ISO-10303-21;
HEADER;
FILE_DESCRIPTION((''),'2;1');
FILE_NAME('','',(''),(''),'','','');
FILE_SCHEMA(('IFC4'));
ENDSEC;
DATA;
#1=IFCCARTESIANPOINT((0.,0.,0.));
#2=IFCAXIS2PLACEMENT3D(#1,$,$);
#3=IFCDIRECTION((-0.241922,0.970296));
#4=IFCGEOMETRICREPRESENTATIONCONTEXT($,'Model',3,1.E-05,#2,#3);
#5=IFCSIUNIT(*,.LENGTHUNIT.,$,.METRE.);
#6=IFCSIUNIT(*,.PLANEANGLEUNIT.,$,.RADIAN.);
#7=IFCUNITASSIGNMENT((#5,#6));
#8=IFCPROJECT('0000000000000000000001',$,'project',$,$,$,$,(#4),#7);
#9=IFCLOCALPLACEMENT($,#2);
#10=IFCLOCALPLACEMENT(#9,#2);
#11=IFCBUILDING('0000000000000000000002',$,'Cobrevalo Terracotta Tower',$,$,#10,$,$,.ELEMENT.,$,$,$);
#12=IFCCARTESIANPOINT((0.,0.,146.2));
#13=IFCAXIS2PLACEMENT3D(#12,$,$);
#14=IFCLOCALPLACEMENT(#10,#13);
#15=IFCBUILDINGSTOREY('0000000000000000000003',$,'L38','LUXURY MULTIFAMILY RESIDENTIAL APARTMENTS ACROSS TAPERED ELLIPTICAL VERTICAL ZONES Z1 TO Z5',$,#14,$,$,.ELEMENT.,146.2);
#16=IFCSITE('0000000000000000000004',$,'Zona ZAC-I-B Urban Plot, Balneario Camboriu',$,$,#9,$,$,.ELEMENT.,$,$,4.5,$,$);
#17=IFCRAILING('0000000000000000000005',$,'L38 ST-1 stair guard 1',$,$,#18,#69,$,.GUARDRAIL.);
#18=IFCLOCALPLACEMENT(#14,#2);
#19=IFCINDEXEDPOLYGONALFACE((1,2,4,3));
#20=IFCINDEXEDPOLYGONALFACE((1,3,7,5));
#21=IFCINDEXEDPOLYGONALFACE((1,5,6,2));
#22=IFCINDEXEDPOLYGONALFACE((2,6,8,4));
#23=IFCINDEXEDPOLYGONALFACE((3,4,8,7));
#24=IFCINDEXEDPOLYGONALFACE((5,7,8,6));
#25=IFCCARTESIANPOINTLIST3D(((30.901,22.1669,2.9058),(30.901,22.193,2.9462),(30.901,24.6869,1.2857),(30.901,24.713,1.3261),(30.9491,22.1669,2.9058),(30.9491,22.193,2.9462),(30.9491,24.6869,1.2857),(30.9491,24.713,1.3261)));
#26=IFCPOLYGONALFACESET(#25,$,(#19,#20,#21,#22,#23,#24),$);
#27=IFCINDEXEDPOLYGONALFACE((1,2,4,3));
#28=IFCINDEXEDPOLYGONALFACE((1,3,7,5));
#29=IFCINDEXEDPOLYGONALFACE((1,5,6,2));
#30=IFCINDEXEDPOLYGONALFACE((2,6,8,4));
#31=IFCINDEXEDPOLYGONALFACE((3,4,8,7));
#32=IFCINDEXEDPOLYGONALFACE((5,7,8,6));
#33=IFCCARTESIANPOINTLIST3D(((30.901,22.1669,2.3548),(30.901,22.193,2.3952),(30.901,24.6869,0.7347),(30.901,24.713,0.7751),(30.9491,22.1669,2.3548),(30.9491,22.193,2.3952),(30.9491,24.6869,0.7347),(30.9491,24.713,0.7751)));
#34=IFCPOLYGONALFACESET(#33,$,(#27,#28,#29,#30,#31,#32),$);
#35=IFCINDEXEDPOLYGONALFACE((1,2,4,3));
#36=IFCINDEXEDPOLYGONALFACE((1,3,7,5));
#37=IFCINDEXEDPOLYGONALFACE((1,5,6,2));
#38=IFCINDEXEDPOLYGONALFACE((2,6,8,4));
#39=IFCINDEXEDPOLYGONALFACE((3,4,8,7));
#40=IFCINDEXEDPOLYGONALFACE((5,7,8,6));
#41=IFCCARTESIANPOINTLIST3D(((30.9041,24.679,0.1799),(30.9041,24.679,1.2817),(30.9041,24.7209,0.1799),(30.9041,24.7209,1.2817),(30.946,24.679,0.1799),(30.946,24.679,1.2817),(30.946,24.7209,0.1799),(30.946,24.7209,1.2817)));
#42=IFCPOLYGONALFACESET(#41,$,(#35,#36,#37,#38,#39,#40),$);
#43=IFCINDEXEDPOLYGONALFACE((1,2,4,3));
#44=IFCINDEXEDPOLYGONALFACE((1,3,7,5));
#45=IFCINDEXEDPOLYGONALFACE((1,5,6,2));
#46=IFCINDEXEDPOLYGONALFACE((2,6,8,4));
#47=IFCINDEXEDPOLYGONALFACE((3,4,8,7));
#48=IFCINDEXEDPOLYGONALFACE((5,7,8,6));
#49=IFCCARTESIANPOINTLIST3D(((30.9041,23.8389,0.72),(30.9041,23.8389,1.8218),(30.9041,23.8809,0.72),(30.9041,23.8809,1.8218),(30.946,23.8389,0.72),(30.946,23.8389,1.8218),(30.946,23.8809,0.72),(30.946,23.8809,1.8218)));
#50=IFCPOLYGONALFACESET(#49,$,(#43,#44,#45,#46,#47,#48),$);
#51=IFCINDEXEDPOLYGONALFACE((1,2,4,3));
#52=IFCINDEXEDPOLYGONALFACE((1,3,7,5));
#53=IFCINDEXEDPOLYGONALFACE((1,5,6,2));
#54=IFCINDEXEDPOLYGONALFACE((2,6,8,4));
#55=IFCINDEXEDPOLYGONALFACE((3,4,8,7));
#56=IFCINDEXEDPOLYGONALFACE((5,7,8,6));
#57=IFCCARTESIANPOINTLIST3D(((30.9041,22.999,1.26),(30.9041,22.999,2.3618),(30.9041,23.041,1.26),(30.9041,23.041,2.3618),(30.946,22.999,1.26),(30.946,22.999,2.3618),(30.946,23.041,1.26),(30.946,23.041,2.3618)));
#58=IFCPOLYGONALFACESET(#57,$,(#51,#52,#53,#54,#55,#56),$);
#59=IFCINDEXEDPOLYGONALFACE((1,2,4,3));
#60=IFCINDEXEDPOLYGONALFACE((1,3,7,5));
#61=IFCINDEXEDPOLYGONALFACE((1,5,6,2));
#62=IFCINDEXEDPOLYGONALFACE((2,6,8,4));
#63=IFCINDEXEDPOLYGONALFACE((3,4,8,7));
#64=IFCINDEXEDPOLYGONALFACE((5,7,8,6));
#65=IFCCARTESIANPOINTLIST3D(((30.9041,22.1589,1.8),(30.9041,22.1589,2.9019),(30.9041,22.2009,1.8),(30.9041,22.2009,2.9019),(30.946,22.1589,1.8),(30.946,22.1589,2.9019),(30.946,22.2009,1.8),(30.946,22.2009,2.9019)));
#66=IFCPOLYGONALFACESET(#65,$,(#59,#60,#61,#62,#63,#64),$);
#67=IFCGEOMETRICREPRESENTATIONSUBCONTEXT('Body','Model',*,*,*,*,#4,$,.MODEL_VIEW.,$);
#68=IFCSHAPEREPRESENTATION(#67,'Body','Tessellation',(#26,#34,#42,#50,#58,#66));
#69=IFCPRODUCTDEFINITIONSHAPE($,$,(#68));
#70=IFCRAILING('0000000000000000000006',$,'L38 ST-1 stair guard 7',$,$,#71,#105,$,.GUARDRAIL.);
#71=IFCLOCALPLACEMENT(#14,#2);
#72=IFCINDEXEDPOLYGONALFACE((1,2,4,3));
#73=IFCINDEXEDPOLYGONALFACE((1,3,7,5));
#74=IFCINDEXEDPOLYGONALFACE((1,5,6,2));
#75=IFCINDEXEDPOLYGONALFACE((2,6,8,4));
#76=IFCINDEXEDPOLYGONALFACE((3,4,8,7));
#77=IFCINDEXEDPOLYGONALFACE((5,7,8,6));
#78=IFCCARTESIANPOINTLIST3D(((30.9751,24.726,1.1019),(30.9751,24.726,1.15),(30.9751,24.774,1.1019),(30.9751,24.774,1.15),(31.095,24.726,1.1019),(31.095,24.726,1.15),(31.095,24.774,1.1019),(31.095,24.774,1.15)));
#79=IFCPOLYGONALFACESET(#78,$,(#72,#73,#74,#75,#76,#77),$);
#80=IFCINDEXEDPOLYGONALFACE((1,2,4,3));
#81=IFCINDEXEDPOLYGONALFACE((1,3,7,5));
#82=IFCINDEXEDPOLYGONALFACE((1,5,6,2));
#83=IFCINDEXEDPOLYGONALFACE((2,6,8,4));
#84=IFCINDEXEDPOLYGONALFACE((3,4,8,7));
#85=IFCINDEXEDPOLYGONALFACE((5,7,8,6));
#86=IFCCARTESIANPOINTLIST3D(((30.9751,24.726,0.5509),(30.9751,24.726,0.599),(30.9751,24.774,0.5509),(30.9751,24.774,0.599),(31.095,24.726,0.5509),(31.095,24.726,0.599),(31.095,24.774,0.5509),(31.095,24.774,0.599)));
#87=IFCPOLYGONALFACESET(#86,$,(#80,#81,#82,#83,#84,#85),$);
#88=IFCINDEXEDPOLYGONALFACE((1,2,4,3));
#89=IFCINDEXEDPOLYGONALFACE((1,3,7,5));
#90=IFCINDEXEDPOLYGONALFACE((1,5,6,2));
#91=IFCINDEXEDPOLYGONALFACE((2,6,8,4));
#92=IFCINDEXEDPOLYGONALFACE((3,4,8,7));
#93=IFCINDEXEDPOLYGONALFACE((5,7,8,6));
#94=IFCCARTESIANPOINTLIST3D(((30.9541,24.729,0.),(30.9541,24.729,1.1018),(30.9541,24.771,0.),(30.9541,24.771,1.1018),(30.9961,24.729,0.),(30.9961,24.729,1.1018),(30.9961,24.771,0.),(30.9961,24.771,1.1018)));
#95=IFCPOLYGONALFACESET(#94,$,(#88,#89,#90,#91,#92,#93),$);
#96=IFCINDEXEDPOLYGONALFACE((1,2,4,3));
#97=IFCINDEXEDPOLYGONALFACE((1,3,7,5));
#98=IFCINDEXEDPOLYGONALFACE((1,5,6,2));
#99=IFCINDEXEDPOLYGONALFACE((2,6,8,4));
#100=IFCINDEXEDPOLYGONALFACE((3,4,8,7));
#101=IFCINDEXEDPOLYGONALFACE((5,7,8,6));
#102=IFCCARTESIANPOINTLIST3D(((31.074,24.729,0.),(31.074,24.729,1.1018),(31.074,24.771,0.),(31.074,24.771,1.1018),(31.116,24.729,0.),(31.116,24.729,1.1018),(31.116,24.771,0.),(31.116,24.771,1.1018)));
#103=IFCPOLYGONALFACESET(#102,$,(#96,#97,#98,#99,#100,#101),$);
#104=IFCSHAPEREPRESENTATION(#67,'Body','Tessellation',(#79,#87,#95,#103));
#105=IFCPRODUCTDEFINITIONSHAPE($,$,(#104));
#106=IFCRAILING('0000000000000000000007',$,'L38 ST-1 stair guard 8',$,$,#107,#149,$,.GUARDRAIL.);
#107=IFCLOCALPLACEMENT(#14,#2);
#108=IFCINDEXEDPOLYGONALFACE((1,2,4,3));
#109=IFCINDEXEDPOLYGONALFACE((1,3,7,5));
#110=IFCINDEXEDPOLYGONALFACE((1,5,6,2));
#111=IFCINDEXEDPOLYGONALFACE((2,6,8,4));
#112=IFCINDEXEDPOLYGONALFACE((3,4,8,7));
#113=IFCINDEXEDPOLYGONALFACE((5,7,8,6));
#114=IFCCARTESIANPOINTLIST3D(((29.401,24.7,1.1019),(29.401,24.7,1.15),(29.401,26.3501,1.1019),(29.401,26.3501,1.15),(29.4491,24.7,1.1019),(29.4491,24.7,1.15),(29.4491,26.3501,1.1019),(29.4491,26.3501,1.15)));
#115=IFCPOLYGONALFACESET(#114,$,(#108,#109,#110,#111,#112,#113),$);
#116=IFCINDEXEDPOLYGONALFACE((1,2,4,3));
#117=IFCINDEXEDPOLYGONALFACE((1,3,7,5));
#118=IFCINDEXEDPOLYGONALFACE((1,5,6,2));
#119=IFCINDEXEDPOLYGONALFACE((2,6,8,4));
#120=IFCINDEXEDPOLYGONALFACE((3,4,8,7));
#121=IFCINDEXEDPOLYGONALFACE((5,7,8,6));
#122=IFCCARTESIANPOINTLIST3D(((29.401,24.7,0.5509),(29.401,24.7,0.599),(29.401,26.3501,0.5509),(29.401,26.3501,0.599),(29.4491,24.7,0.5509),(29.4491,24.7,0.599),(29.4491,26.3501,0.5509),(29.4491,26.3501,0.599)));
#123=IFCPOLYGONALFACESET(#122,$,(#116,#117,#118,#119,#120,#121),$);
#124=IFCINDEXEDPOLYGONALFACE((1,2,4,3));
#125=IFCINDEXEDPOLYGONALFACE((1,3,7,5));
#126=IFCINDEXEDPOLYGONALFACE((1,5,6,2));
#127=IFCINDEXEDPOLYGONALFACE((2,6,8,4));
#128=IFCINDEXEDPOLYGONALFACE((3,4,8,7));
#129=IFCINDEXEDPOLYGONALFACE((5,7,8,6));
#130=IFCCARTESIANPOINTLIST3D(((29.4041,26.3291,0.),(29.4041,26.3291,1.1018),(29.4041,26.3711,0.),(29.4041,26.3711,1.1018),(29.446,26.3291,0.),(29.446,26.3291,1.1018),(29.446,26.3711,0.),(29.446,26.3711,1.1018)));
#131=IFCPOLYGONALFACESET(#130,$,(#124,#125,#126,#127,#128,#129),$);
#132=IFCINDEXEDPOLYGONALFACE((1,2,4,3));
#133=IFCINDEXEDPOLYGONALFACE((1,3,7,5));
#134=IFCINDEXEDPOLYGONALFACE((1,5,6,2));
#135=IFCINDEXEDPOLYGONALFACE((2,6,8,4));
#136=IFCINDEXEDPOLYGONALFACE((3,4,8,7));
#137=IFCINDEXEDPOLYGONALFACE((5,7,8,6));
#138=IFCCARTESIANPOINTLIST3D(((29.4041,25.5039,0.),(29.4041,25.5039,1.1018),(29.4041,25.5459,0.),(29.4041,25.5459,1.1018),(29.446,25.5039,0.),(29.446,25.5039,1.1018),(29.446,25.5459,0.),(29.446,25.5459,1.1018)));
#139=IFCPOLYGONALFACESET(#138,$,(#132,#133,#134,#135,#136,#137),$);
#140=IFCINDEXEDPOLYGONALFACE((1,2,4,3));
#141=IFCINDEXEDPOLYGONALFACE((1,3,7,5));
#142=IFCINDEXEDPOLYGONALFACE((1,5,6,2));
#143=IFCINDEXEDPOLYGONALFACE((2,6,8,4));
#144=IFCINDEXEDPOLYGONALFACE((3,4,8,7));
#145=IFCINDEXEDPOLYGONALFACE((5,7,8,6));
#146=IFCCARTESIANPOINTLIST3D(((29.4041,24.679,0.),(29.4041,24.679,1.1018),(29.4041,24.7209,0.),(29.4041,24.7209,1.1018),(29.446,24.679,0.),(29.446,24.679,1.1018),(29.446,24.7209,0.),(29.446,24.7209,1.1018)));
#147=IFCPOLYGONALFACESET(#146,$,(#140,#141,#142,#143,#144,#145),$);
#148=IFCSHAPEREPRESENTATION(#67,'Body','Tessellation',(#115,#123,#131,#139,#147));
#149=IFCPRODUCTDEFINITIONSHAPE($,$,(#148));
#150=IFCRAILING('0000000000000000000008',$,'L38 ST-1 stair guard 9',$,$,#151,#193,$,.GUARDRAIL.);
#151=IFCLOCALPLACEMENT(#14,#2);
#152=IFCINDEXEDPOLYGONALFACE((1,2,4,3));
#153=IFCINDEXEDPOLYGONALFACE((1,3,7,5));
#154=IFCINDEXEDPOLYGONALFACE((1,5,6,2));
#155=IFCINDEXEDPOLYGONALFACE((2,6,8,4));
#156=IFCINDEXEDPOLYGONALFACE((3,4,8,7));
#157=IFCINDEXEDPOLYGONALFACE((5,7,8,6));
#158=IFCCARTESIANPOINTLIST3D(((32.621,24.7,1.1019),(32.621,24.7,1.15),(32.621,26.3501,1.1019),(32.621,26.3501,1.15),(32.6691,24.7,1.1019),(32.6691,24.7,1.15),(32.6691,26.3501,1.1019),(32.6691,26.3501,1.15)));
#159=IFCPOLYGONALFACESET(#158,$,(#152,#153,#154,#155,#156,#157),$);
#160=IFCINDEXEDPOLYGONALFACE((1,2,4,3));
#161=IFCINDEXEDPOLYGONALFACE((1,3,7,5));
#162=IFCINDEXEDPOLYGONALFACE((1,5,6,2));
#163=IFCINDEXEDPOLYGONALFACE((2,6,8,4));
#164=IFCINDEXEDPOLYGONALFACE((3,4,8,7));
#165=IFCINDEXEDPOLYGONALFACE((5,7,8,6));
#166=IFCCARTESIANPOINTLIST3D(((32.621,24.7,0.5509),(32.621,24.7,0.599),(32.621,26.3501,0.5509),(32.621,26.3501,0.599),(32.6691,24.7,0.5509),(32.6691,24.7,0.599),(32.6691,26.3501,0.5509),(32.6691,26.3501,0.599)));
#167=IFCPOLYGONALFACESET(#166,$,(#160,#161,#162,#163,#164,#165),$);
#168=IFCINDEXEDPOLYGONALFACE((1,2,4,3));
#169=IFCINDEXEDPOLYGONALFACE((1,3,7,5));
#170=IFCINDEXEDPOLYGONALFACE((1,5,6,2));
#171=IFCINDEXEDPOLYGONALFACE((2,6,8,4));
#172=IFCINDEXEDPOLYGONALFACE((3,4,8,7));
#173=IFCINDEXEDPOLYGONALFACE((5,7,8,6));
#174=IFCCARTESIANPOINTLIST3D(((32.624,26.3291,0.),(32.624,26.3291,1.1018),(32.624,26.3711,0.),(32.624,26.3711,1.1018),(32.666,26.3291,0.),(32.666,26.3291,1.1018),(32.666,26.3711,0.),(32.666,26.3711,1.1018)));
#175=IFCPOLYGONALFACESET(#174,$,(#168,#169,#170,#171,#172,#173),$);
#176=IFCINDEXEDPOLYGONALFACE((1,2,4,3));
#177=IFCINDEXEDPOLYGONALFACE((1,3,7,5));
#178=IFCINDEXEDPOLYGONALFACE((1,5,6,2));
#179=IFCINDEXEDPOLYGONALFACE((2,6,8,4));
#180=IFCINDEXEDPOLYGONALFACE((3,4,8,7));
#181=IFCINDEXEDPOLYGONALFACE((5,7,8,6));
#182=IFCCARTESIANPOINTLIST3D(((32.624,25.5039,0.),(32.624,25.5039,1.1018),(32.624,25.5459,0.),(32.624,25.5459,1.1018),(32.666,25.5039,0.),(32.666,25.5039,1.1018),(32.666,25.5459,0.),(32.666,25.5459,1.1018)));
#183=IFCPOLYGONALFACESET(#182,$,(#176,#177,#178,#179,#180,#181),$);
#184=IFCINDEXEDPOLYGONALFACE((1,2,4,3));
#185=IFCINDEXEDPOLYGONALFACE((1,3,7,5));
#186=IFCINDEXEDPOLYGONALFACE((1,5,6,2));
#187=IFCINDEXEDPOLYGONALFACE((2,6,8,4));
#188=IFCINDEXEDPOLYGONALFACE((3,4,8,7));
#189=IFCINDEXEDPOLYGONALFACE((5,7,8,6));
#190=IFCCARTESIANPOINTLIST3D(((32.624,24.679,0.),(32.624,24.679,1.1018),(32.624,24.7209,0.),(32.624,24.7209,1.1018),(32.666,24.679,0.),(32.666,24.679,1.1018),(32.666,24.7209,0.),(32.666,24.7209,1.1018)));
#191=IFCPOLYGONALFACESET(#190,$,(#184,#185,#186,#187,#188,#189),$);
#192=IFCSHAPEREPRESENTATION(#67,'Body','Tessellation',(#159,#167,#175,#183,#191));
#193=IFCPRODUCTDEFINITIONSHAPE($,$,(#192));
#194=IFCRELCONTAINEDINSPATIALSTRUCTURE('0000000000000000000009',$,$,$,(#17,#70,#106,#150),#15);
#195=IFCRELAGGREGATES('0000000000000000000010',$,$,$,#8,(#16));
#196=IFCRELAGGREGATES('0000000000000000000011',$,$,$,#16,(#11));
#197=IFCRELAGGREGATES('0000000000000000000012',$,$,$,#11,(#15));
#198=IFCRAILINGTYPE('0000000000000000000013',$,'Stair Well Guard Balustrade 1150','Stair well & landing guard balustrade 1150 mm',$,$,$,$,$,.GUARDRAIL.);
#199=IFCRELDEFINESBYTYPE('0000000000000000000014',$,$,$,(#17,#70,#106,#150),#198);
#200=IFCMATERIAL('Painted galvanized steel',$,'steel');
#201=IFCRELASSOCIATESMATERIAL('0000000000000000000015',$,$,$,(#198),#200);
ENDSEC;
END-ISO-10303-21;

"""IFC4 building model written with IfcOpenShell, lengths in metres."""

from ifc_helpers import new_model, si_unit, direction, frame, origin, origin_2d, place, context, subcontext, project, spatial, rectangle, extrude, material, type_object, element, save


model = new_model("IFC4")

# Units and contexts
model_context = context("Model", 3, precision=1e-05, world=origin(), true_north=direction((-0.241922, 0.970296)))
body_context = subcontext(model_context, "Body", "Model", "MODEL_VIEW")
ifc_project = project(units=[si_unit("LENGTHUNIT", "METRE"), si_unit("PLANEANGLEUNIT", "RADIAN")], contexts=[model_context])

# Site, building, storey
site_placement = place(None, origin())
site = spatial("IfcSite", under=ifc_project, at=site_placement, Name="Zona ZAC-I-B Urban Plot, Balneario Camboriu", CompositionType="ELEMENT", RefElevation=4.5)
building_placement = place(site_placement, origin())
building = spatial("IfcBuilding", under=site, at=building_placement, Name="Cobrevalo Terracotta Tower", CompositionType="ELEMENT")
storey_placement = place(building_placement, frame((0.0, 0.0, 146.2)))
storey = spatial("IfcBuildingStorey", under=building, at=storey_placement, Name="L38", Description="LUXURY MULTIFAMILY RESIDENTIAL APARTMENTS ACROSS TAPERED ELLIPTICAL VERTICAL ZONES Z1 TO Z5", CompositionType="ELEMENT", Elevation=146.2)

# Railings
ifc_material_1 = material(Name="Painted galvanized steel", Category="steel")
railing_type_1 = type_object("IfcRailingType", Name="Stair Well Guard Balustrade 1150", Description="Stair well & landing guard balustrade 1150 mm", PredefinedType="GUARDRAIL", material=ifc_material_1)
railing_1_placement = place(storey_placement, frame((30.925, 24.7, 0.1799)))
element("IfcRailing", 1, at=railing_1_placement, inside=storey, type_object=railing_type_1, Name="L38 ST-1 stair guard 1", PredefinedType="GUARDRAIL", context=body_context, shape_type="SweptSolid", body=[
    extrude(rectangle(XDim=0.0481, YDim=0.0481, at=origin_2d()), frame((0.0, 0.0, 1.126), z_axis=(0.0, -0.841163, 0.540782), x_axis=(1.0, 0.0, 0.0)), (0.0, 0.0, 1.0), 2.9958),
    extrude(rectangle(XDim=0.0481, YDim=0.0481, at=origin_2d()), frame((0.0, 0.0, 0.575), z_axis=(0.0, -0.841163, 0.540782), x_axis=(1.0, 0.0, 0.0)), (0.0, 0.0, 1.0), 2.9958),
    extrude(rectangle(XDim=0.042, YDim=0.042, at=origin_2d()), origin(), (0.0, 0.0, 1.0), 1.1018),
    extrude(rectangle(XDim=0.042, YDim=0.042, at=origin_2d()), frame((0.0, -0.8401, 0.54)), (0.0, 0.0, 1.0), 1.1018),
    extrude(rectangle(XDim=0.042, YDim=0.042, at=origin_2d()), frame((0.0, -1.6799, 1.0801)), (0.0, 0.0, 1.0), 1.1018),
    extrude(rectangle(XDim=0.042, YDim=0.042, at=origin_2d()), frame((0.0, -2.52, 1.6201)), (0.0, 0.0, 1.0), 1.1018),
])
railing_2_placement = place(storey_placement, frame((30.9751, 24.75, 0.0)))
element("IfcRailing", 2, at=railing_2_placement, inside=storey, type_object=railing_type_1, Name="L38 ST-1 stair guard 7", PredefinedType="GUARDRAIL", context=body_context, shape_type="SweptSolid", body=[
    extrude(rectangle(XDim=0.0481, YDim=0.0481, at=origin_2d()), frame((0.0, 0.0, 1.126), z_axis=(1.0, 0.0, 0.0), x_axis=(0.0, 1.0, 0.0)), (0.0, 0.0, 1.0), 0.1199),
    extrude(rectangle(XDim=0.0481, YDim=0.0481, at=origin_2d()), frame((0.0, 0.0, 0.575), z_axis=(1.0, 0.0, 0.0), x_axis=(0.0, 1.0, 0.0)), (0.0, 0.0, 1.0), 0.1199),
    extrude(rectangle(XDim=0.042, YDim=0.042, at=origin_2d()), origin(), (0.0, 0.0, 1.0), 1.1018),
    extrude(rectangle(XDim=0.042, YDim=0.042, at=origin_2d()), frame((0.1199, 0.0, 0.0)), (0.0, 0.0, 1.0), 1.1018),
])
for number, where, name in (
    (3, (29.425, 26.3501, 0.0), "L38 ST-1 stair guard 8"),
    (4, (32.645, 26.3501, 0.0), "L38 ST-1 stair guard 9"),
):
    element("IfcRailing", number, at=place(storey_placement, frame(where)), inside=storey, type_object=railing_type_1, Name=name, PredefinedType="GUARDRAIL", context=body_context, shape_type="SweptSolid", body=[
        extrude(rectangle(XDim=0.0481, YDim=0.0481, at=origin_2d()), frame((0.0, 0.0, 1.126), z_axis=(0.0, -1.0, 0.0), x_axis=(1.0, 0.0, 0.0)), (0.0, 0.0, 1.0), 1.6501),
        extrude(rectangle(XDim=0.0481, YDim=0.0481, at=origin_2d()), frame((0.0, 0.0, 0.575), z_axis=(0.0, -1.0, 0.0), x_axis=(1.0, 0.0, 0.0)), (0.0, 0.0, 1.0), 1.6501),
        extrude(rectangle(XDim=0.042, YDim=0.042, at=origin_2d()), origin(), (0.0, 0.0, 1.0), 1.1018),
        extrude(rectangle(XDim=0.042, YDim=0.042, at=origin_2d()), frame((0.0, -0.8252, 0.0)), (0.0, 0.0, 1.0), 1.1018),
        extrude(rectangle(XDim=0.042, YDim=0.042, at=origin_2d()), frame((0.0, -1.6501, 0.0)), (0.0, 0.0, 1.0), 1.1018),
    ])

save(model, "model.ifc")
